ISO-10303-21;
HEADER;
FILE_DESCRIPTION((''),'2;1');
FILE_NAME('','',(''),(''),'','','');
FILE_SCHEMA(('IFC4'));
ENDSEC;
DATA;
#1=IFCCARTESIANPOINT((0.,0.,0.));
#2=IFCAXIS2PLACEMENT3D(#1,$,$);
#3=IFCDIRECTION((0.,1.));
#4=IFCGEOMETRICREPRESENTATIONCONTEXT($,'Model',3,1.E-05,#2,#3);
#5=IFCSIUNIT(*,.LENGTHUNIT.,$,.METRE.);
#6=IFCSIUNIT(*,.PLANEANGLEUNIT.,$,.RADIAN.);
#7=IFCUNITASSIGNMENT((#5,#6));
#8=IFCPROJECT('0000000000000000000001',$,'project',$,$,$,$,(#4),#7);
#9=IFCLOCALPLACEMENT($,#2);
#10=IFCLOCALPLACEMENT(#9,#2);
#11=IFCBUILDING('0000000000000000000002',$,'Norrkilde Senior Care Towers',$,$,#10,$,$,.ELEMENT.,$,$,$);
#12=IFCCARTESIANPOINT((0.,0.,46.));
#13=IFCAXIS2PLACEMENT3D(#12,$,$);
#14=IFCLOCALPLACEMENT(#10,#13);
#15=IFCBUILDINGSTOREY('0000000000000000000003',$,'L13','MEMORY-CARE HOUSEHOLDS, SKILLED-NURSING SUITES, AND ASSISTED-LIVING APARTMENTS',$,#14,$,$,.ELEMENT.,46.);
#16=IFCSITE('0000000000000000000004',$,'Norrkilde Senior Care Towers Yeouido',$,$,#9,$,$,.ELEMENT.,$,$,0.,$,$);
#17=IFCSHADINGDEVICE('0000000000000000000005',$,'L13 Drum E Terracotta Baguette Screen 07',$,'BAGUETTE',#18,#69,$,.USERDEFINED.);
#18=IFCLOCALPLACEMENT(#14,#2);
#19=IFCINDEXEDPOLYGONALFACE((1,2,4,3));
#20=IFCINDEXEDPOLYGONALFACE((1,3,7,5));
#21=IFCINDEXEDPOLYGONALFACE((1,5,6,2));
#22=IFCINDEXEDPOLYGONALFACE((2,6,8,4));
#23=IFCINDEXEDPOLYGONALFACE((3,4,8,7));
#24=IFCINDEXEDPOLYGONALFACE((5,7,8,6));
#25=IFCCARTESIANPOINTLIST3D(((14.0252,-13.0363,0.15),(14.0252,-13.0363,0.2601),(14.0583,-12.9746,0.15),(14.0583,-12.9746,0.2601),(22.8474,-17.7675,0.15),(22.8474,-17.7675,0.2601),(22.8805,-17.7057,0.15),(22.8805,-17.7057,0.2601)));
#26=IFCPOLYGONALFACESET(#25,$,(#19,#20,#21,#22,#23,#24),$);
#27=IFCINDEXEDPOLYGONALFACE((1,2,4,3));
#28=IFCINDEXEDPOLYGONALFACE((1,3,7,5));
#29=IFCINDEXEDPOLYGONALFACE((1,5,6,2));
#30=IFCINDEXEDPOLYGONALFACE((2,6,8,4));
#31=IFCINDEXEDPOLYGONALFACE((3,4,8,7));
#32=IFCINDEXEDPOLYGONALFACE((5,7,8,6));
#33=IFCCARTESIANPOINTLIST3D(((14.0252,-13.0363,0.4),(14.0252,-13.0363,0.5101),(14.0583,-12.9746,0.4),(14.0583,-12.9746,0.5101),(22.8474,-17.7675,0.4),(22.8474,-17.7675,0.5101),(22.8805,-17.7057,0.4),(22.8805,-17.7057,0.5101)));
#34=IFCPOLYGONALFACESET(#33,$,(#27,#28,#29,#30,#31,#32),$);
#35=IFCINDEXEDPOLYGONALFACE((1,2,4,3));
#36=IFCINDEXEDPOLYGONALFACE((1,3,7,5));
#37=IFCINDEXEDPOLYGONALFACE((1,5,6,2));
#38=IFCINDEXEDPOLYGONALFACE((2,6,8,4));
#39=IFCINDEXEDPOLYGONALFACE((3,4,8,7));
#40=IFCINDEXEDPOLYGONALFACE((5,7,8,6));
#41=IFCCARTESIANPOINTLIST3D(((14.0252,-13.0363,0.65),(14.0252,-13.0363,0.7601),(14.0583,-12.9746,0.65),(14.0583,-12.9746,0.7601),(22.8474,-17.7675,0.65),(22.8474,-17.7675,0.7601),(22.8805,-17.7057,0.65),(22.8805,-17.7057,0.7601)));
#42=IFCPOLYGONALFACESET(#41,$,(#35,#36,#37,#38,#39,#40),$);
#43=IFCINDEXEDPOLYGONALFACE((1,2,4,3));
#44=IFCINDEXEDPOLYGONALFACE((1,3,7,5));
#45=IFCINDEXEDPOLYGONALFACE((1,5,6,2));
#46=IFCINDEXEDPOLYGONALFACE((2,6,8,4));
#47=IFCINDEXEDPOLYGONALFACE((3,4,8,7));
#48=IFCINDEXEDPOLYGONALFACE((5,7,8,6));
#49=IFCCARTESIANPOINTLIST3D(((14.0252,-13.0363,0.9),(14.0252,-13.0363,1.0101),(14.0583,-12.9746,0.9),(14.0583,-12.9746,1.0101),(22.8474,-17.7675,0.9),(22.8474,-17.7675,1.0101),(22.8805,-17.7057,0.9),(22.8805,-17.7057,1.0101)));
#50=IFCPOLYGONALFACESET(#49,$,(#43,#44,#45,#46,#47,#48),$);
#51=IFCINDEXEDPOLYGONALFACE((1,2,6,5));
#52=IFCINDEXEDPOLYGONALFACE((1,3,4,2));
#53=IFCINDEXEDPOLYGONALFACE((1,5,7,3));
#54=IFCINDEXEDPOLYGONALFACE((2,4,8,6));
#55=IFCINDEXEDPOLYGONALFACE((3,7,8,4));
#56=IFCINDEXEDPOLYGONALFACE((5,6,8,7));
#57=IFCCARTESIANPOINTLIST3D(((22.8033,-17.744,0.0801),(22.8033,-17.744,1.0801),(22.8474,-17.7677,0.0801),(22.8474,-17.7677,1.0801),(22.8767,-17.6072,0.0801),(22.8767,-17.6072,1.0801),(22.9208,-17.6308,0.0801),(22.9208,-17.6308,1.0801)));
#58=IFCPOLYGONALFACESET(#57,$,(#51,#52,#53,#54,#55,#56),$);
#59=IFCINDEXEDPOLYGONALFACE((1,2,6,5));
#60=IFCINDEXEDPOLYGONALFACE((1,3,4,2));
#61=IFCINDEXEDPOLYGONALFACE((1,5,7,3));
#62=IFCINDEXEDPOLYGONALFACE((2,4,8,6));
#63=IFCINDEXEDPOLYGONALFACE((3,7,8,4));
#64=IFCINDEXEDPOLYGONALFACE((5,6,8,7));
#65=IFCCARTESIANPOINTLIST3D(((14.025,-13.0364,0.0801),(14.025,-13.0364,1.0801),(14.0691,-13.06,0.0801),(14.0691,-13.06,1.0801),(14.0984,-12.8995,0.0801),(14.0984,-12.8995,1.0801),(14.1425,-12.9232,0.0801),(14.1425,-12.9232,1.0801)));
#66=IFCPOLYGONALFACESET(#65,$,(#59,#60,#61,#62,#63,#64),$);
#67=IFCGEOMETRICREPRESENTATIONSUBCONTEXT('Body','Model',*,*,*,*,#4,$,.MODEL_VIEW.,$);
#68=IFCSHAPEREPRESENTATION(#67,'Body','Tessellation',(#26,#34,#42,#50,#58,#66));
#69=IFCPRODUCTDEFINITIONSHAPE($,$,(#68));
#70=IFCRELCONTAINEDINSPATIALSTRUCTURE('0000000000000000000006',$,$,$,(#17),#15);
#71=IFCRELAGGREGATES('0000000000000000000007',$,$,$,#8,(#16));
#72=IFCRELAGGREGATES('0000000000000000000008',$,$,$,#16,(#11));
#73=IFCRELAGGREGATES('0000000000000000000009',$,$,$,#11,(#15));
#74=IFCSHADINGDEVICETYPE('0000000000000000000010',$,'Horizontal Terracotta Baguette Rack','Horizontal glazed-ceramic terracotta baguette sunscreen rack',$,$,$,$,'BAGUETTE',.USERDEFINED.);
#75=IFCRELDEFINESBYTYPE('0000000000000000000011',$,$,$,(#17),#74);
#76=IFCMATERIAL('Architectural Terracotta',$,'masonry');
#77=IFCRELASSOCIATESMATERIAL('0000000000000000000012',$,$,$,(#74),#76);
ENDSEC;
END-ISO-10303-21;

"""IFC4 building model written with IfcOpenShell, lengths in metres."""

from ifc_helpers import new_model, si_unit, direction, frame, origin, origin_2d, place, context, subcontext, project, spatial, rectangle, extrude, source, transform, mapped, material, type_object, type_shapes, element, save


model = new_model("IFC4")

# Units and contexts
model_context = context("Model", 3, precision=1e-05, world=origin(), true_north=direction((0.0, 1.0)))
body_context = subcontext(model_context, "Body", "Model", "MODEL_VIEW")
ifc_project = project(units=[si_unit("LENGTHUNIT", "METRE"), si_unit("PLANEANGLEUNIT", "RADIAN")], contexts=[model_context])

# Site, building, storey
site_placement = place(None, origin())
site = spatial("IfcSite", under=ifc_project, at=site_placement, Name="Norrkilde Senior Care Towers Yeouido", CompositionType="ELEMENT", RefElevation=0.0)
building_placement = place(site_placement, origin())
building = spatial("IfcBuilding", under=site, at=building_placement, Name="Norrkilde Senior Care Towers", CompositionType="ELEMENT")
storey_placement = place(building_placement, frame((0.0, 0.0, 46.0)))
storey = spatial("IfcBuildingStorey", under=building, at=storey_placement, Name="L13", Description="MEMORY-CARE HOUSEHOLDS, SKILLED-NURSING SUITES, AND ASSISTED-LIVING APARTMENTS", CompositionType="ELEMENT", Elevation=46.0)

# Shading device
ifc_material_1 = material(Name="Architectural Terracotta", Category="masonry")
shading_device_type = type_object("IfcShadingDeviceType", Name="Horizontal Terracotta Baguette Rack", Description="Horizontal glazed-ceramic terracotta baguette sunscreen rack", ElementType="BAGUETTE", PredefinedType="USERDEFINED", material=ifc_material_1)
shared_shape_1 = source(origin(), body_context, "Body", "SweptSolid", [
    extrude(rectangle(XDim=0.0701, YDim=0.1101, at=origin_2d()), frame((0.0, 0.0901, 0.125), z_axis=(1.0, 0.0, 0.0), x_axis=(0.0, 1.0, 0.0)), (0.0, 0.0, 1.0), 10.0107),
    extrude(rectangle(XDim=0.0701, YDim=0.1101, at=origin_2d()), frame((0.0, 0.0901, 0.375), z_axis=(1.0, 0.0, 0.0), x_axis=(0.0, 1.0, 0.0)), (0.0, 0.0, 1.0), 10.0107),
    extrude(rectangle(XDim=0.0701, YDim=0.1101, at=origin_2d()), frame((0.0, 0.0901, 0.625), z_axis=(1.0, 0.0, 0.0), x_axis=(0.0, 1.0, 0.0)), (0.0, 0.0, 1.0), 10.0107),
    extrude(rectangle(XDim=0.0701, YDim=0.1101, at=origin_2d()), frame((0.0, 0.0901, 0.875), z_axis=(1.0, 0.0, 0.0), x_axis=(0.0, 1.0, 0.0)), (0.0, 0.0, 1.0), 10.0107),
    extrude(rectangle(XDim=0.05, YDim=0.1553, at=origin_2d()), frame((0.0249, 0.0476, 0.0)), (0.0, 0.0, 1.0), 1.0),
    extrude(rectangle(XDim=0.05, YDim=0.1553, at=origin_2d()), frame((9.9858, 0.0476, 0.0)), (0.0, 0.0, 1.0), 1.0),
])
type_shapes(shading_device_type, [shared_shape_1])
shading_device_placement = place(storey_placement, frame((22.9065, -17.6572, 0.0801), z_axis=(0.0, 0.0, 1.0), x_axis=(-0.88128, 0.472612, 0.0)))
element("IfcShadingDevice", 1, at=shading_device_placement, inside=storey, type_object=shading_device_type, Name="L13 Drum E Terracotta Baguette Screen 07", ObjectType="BAGUETTE", PredefinedType="USERDEFINED", context=body_context, shape_type="MappedRepresentation", body=[
    mapped(shared_shape_1, transform((0.0, 0.0, 0.0), x_axis=(1.0, 0.0, 0.0), y_axis=(0.0, 1.0, 0.0), z_axis=(0.0, 0.0, 1.0), scale=1.0)),
])

save(model, "model.ifc")
